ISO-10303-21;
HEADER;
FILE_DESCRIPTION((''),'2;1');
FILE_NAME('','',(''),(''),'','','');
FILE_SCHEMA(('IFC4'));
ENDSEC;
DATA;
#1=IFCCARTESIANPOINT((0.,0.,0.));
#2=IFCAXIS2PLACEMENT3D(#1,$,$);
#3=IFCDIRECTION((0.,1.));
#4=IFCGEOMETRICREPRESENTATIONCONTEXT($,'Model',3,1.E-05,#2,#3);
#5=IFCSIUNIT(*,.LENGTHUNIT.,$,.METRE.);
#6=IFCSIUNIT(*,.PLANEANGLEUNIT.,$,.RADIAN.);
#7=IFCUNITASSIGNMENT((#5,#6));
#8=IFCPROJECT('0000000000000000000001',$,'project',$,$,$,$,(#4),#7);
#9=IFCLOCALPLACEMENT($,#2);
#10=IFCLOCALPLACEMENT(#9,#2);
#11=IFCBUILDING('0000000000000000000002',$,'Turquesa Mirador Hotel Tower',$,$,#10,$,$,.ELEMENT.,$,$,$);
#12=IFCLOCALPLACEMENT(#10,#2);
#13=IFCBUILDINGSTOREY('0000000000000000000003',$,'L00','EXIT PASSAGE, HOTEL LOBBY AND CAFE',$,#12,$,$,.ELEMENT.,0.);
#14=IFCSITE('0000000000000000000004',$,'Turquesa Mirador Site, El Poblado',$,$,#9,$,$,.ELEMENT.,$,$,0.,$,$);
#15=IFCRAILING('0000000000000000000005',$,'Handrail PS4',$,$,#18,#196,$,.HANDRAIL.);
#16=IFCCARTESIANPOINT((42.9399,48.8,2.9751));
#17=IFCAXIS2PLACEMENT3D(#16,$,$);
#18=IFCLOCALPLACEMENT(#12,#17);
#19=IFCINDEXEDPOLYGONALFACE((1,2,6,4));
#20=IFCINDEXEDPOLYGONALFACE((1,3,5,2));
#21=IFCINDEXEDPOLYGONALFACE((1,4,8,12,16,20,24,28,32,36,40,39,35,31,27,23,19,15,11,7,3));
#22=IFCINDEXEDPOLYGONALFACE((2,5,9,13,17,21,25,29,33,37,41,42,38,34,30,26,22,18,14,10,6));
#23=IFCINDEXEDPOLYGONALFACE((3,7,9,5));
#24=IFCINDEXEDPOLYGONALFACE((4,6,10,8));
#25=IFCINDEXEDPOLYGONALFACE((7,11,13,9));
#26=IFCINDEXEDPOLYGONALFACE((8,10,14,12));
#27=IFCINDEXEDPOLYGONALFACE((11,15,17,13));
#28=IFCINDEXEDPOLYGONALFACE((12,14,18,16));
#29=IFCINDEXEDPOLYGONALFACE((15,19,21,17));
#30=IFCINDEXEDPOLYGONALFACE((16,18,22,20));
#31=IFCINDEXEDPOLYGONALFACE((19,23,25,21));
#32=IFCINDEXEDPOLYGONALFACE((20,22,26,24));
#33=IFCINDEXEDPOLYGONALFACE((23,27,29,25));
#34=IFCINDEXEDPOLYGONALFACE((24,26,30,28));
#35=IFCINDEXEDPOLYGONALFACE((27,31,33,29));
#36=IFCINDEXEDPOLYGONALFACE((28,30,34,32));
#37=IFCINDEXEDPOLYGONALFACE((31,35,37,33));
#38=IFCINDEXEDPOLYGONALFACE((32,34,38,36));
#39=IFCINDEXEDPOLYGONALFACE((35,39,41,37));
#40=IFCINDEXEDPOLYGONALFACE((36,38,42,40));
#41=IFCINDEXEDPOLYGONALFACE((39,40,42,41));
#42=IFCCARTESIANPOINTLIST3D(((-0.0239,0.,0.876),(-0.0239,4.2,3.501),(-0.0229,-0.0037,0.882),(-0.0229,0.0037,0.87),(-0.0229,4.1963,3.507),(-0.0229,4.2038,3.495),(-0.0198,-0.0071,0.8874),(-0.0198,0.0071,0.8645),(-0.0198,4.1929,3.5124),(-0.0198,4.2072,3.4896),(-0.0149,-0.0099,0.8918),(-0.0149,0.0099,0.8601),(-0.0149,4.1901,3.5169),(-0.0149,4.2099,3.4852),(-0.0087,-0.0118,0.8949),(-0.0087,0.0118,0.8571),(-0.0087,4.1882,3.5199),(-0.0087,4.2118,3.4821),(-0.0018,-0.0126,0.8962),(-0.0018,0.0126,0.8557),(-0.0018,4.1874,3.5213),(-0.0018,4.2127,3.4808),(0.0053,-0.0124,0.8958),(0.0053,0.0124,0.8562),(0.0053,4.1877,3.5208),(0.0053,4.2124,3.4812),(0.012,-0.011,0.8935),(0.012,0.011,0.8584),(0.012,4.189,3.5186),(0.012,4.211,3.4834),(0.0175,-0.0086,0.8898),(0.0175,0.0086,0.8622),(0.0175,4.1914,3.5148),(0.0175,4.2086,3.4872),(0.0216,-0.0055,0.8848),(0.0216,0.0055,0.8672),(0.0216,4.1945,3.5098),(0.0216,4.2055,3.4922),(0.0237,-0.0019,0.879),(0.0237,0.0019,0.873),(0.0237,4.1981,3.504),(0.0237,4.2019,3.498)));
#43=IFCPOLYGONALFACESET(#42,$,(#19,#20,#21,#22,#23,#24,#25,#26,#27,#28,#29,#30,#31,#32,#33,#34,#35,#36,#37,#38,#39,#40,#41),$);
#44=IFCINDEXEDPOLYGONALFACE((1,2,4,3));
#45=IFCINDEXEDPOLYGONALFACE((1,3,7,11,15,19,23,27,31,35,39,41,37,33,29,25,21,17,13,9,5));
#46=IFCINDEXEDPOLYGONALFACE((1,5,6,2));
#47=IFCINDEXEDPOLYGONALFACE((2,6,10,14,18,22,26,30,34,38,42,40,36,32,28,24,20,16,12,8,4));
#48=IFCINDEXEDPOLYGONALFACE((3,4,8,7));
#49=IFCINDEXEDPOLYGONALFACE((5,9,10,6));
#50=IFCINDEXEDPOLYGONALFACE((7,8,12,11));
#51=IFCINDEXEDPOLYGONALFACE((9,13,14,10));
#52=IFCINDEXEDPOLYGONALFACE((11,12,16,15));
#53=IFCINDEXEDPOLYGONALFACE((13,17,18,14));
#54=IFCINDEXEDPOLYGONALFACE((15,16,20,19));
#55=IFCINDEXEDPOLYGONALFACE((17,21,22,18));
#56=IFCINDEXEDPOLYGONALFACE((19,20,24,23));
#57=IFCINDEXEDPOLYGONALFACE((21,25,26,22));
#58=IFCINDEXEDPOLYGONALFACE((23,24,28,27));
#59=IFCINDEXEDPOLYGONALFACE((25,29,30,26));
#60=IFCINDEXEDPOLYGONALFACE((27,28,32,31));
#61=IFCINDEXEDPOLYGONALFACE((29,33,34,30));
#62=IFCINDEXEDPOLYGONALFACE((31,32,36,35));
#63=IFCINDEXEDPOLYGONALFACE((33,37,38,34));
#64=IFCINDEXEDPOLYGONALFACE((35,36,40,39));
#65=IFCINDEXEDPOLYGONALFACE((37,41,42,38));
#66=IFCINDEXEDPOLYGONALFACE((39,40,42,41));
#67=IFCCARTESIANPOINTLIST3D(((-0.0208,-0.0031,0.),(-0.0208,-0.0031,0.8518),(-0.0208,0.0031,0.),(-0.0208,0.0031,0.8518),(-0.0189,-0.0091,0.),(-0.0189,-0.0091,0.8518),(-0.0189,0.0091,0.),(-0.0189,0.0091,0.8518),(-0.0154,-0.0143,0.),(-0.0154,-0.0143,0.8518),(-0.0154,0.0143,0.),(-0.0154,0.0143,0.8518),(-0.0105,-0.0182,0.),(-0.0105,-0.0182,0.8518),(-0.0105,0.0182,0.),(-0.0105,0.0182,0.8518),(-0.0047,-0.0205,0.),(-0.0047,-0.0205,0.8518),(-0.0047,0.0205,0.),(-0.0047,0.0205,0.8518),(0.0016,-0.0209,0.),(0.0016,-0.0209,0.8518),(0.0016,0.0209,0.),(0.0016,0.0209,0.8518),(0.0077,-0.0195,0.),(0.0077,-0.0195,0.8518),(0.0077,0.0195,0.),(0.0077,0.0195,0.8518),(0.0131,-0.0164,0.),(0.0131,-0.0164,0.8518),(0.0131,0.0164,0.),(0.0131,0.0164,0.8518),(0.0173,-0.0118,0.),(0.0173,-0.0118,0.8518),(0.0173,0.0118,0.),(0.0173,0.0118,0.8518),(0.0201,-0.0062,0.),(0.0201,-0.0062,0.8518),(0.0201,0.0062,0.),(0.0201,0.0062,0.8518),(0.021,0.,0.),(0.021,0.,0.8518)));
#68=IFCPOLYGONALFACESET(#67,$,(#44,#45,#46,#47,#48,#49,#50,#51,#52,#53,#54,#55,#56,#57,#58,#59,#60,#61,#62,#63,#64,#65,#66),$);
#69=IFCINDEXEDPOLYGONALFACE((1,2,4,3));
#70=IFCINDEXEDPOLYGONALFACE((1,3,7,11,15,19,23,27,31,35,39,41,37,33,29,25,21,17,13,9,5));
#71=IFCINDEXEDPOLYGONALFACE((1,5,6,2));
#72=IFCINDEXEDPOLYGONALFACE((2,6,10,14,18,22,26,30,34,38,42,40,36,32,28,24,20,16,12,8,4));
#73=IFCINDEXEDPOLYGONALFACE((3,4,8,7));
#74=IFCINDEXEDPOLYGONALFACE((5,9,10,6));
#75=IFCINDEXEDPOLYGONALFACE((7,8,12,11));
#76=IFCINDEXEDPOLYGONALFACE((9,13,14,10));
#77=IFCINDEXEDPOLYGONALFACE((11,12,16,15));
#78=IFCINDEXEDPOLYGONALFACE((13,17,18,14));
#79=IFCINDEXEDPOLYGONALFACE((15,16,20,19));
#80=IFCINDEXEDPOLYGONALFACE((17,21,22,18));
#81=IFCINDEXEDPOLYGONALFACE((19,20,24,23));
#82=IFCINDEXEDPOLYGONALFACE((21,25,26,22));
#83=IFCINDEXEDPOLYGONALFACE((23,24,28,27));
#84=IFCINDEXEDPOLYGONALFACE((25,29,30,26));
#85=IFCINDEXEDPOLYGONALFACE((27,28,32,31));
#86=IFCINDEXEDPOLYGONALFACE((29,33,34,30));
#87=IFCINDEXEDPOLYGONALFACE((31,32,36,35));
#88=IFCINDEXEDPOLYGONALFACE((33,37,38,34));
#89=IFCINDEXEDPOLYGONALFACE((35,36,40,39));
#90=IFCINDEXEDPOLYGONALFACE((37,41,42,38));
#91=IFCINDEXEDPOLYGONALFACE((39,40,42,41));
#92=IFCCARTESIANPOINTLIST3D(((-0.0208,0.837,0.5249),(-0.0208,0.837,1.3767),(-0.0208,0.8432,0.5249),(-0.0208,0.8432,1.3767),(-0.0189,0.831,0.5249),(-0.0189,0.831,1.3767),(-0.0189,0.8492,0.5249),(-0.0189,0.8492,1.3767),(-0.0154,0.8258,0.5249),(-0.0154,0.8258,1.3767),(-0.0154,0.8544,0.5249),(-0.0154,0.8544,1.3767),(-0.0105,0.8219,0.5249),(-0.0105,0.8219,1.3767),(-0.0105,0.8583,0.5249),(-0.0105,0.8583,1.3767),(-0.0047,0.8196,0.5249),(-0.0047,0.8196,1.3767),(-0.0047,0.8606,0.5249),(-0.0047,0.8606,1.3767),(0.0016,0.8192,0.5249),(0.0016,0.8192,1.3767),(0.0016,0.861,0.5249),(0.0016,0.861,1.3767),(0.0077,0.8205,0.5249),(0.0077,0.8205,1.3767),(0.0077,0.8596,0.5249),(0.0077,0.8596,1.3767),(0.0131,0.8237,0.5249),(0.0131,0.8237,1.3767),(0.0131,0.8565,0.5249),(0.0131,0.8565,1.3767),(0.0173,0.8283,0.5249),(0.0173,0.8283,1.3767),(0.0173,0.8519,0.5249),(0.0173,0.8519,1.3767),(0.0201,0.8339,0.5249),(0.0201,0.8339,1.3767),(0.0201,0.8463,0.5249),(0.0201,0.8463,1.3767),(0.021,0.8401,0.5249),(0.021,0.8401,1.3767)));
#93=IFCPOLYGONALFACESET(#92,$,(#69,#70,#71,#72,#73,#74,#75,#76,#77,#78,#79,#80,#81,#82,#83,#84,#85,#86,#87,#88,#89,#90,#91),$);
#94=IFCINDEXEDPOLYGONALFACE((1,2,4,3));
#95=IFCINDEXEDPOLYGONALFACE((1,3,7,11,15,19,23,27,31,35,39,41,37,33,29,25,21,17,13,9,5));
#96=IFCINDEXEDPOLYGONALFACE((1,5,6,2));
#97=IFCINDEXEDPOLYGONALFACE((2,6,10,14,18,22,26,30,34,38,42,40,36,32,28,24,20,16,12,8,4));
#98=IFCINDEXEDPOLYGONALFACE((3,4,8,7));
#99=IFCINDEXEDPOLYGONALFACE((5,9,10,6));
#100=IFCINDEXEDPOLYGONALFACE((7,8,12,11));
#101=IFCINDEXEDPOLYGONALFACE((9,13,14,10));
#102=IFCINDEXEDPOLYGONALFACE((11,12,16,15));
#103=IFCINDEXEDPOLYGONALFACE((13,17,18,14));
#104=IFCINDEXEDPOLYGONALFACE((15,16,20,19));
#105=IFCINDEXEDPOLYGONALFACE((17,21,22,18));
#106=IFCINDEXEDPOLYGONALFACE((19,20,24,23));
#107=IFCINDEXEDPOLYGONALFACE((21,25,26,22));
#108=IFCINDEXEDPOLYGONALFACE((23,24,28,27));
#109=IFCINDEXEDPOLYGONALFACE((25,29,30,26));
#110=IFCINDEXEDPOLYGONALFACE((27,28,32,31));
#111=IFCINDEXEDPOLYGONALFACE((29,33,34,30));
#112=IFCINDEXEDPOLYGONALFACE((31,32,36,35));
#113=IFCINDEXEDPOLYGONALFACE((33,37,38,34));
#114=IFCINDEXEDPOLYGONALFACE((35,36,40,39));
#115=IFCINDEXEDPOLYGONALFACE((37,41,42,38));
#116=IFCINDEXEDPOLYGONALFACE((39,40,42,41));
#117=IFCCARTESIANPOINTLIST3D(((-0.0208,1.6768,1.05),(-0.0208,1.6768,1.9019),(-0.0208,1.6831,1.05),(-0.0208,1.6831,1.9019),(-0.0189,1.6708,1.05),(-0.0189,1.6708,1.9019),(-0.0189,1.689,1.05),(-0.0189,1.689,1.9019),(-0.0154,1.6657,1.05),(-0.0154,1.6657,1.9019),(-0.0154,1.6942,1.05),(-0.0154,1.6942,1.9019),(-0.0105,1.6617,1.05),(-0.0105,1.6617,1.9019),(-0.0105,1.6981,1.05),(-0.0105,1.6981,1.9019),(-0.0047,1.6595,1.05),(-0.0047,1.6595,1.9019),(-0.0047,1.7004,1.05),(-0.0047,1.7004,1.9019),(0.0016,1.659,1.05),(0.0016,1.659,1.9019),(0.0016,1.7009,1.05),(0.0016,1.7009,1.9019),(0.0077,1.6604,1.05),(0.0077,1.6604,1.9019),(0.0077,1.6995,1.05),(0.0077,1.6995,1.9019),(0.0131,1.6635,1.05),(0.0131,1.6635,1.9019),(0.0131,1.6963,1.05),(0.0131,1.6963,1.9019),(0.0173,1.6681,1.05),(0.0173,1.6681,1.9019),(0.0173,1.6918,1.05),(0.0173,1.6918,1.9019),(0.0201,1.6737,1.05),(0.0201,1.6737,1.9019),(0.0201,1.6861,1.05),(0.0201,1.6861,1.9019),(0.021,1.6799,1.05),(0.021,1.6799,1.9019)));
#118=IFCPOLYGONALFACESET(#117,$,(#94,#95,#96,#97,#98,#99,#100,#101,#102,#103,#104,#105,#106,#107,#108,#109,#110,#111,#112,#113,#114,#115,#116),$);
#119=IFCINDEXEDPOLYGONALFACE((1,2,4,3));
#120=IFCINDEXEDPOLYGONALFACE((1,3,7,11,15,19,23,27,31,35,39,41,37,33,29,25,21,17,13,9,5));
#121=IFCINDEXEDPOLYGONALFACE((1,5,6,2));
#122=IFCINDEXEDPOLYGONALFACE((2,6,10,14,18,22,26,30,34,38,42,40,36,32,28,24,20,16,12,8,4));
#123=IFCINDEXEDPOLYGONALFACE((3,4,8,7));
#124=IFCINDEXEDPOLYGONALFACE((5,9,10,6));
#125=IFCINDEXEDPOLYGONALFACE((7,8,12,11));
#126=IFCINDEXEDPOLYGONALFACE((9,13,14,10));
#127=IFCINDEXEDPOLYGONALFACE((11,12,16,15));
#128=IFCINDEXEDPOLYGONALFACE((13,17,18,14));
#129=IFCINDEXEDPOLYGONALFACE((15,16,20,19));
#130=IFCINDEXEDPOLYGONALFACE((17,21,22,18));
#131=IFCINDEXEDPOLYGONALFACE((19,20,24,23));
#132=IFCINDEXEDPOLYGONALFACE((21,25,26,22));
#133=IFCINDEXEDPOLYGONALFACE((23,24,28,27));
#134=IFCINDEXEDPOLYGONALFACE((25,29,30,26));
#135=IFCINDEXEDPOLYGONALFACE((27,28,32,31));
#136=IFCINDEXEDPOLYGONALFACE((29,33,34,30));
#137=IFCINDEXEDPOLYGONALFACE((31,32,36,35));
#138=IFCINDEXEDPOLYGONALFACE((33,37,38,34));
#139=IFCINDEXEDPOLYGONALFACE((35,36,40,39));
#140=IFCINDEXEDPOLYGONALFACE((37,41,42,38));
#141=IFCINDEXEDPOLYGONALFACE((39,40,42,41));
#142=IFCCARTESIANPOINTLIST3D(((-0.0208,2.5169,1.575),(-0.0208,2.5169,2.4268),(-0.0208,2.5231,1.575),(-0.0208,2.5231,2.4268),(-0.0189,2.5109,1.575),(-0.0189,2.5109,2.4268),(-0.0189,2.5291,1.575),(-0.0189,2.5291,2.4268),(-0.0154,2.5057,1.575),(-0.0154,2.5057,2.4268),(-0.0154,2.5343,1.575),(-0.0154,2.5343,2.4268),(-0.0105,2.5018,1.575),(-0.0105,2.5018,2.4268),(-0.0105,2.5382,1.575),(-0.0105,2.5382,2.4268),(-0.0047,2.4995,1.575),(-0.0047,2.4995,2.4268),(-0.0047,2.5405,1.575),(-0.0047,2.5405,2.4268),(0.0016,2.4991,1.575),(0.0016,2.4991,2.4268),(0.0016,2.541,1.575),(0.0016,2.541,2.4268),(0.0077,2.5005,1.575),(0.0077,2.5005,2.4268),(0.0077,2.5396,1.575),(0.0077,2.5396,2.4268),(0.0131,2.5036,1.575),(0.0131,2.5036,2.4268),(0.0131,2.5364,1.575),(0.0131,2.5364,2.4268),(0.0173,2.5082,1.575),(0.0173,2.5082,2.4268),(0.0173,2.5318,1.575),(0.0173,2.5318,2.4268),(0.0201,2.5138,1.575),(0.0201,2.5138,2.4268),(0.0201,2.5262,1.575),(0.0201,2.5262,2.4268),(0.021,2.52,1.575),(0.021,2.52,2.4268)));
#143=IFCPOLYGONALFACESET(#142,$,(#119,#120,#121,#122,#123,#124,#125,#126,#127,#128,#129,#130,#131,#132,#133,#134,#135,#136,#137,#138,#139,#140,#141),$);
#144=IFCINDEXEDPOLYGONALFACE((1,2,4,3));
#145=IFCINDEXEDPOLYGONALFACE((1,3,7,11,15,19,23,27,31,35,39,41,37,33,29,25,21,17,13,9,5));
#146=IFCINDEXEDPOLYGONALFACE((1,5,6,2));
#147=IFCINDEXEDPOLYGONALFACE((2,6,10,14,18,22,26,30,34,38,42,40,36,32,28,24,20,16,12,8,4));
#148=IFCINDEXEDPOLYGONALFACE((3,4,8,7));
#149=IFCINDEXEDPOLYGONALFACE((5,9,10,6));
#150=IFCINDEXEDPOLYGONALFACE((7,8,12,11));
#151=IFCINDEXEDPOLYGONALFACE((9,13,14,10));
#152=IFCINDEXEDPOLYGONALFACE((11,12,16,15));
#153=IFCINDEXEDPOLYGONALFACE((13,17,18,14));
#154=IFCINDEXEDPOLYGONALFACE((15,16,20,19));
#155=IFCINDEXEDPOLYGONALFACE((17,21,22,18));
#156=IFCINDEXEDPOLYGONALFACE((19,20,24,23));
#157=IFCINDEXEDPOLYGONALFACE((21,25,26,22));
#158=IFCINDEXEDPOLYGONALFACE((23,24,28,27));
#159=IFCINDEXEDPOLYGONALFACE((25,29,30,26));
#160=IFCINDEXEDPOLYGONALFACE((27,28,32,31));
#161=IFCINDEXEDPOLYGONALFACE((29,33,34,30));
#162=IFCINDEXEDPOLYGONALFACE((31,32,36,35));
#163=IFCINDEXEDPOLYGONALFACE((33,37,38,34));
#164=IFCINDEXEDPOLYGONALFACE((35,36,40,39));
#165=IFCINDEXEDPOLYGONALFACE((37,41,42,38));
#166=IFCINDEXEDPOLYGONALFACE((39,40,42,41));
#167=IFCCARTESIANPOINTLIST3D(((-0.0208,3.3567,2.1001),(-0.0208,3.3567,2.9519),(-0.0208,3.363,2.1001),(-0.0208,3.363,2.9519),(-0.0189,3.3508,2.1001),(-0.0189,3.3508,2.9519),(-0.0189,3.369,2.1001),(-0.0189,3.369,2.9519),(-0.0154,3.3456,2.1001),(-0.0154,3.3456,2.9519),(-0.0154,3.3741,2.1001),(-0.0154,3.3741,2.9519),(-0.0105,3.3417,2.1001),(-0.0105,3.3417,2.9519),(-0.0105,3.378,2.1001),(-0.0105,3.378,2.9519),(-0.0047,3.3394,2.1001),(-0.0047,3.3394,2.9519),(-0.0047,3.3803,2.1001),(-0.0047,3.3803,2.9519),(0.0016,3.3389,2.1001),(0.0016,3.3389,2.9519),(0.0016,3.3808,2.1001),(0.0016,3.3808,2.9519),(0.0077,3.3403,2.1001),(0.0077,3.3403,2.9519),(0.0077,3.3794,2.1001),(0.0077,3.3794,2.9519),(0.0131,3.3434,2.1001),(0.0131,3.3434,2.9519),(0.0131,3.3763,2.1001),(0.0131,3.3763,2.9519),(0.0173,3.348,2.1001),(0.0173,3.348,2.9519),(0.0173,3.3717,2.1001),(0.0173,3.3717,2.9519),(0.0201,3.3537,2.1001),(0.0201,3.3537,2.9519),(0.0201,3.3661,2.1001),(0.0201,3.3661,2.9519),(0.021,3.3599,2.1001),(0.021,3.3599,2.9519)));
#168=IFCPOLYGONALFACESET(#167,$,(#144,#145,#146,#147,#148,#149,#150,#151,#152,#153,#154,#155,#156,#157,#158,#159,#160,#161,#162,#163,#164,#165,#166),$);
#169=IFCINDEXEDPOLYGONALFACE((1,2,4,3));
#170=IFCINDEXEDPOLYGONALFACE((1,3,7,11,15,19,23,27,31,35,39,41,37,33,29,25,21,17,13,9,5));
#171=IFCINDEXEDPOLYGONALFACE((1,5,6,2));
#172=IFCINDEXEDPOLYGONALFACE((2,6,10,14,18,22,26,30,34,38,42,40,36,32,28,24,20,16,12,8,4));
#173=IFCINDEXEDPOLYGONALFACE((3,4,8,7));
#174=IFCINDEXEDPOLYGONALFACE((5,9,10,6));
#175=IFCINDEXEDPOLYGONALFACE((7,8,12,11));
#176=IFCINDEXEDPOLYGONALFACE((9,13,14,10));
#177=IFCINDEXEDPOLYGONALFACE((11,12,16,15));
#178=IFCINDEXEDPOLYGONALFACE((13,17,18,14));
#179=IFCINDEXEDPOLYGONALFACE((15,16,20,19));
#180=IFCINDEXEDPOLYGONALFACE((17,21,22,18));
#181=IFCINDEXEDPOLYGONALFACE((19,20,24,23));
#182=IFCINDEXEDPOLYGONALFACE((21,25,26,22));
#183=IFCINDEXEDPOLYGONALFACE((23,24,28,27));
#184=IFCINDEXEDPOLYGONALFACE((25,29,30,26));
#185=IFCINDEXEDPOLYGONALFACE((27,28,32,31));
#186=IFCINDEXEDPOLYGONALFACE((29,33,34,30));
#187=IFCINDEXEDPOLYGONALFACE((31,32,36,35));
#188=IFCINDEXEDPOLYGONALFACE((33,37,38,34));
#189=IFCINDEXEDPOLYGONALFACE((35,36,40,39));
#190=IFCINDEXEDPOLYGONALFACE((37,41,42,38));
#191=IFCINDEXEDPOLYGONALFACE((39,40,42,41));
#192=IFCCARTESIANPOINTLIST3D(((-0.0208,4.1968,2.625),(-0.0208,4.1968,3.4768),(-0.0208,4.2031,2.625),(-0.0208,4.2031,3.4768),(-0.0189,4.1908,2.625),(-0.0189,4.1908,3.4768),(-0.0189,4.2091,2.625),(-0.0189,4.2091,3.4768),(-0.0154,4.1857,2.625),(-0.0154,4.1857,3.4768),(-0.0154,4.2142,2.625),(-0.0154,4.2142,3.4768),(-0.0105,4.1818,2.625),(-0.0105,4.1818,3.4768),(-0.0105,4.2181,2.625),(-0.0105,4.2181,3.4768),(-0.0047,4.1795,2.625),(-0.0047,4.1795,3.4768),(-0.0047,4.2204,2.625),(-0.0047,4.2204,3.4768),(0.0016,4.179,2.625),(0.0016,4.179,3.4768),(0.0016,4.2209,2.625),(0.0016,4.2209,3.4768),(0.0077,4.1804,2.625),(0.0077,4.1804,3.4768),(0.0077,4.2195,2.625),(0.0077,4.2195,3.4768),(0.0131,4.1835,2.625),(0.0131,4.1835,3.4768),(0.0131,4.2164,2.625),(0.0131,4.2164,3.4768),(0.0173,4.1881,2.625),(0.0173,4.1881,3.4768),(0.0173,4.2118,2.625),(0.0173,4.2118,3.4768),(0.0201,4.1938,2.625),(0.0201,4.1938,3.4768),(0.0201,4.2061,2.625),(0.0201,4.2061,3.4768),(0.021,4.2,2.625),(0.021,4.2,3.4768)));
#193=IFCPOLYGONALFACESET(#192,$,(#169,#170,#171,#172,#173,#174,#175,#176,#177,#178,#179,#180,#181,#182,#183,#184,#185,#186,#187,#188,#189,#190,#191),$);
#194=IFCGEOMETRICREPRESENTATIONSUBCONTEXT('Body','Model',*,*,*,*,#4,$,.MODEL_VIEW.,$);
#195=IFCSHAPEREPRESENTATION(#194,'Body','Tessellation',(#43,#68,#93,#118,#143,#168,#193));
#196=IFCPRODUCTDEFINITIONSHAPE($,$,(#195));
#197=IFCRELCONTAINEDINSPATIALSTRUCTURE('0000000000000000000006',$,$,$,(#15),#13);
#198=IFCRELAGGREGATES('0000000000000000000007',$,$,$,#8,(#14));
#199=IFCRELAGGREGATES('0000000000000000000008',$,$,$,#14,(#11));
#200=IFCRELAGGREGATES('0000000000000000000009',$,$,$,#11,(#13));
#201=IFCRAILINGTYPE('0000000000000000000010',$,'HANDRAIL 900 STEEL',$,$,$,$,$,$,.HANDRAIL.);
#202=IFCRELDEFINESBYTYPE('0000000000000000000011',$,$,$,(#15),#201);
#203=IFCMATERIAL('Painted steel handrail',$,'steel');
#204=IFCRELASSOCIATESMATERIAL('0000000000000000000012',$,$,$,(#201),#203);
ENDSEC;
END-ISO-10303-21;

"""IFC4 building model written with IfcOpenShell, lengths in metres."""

from ifc_helpers import new_model, si_unit, direction, frame, origin, origin_2d, place, context, subcontext, project, spatial, circle, extrude, material, type_object, element, save


model = new_model("IFC4")

# Units and contexts
model_context = context("Model", 3, precision=1e-05, world=origin(), true_north=direction((0.0, 1.0)))
body_context = subcontext(model_context, "Body", "Model", "MODEL_VIEW")
ifc_project = project(units=[si_unit("LENGTHUNIT", "METRE"), si_unit("PLANEANGLEUNIT", "RADIAN")], contexts=[model_context])

# Site, building, storey
site_placement = place(None, origin())
site = spatial("IfcSite", under=ifc_project, at=site_placement, Name="Turquesa Mirador Site, El Poblado", CompositionType="ELEMENT", RefElevation=0.0)
building_placement = place(site_placement, origin())
building = spatial("IfcBuilding", under=site, at=building_placement, Name="Turquesa Mirador Hotel Tower", CompositionType="ELEMENT")
storey_placement = place(building_placement, origin())
storey = spatial("IfcBuildingStorey", under=building, at=storey_placement, Name="L00", Description="EXIT PASSAGE, HOTEL LOBBY AND CAFE", CompositionType="ELEMENT", Elevation=0.0)

# Railing
ifc_material_1 = material(Name="Painted steel handrail", Category="steel")
railing_type = type_object("IfcRailingType", Name="HANDRAIL 900 STEEL", PredefinedType="HANDRAIL", material=ifc_material_1)
railing_1_placement = place(storey_placement, frame((42.9399, 48.8, 2.9751)))
element("IfcRailing", 1, at=railing_1_placement, inside=storey, type_object=railing_type, Name="Handrail PS4", PredefinedType="HANDRAIL", context=body_context, shape_type="SweptSolid", body=[
    extrude(circle(Radius=0.0239, at=origin_2d()), frame((0.0, 0.0, 0.876), z_axis=(0.0, 0.847996, 0.530003), x_axis=(-1.0, 0.0, 0.0)), (0.0, 0.0, 1.0), 4.9529),
    extrude(circle(Radius=0.021, at=origin_2d()), origin(), (0.0, 0.0, 1.0), 0.8518),
    extrude(circle(Radius=0.021, at=origin_2d()), frame((0.0, 0.8401, 0.5249)), (0.0, 0.0, 1.0), 0.8518),
    extrude(circle(Radius=0.021, at=origin_2d()), frame((0.0, 1.6799, 1.05)), (0.0, 0.0, 1.0), 0.8518),
    extrude(circle(Radius=0.021, at=origin_2d()), frame((0.0, 2.52, 1.575)), (0.0, 0.0, 1.0), 0.8518),
    extrude(circle(Radius=0.021, at=origin_2d()), frame((0.0, 3.3599, 2.1001)), (0.0, 0.0, 1.0), 0.8518),
    extrude(circle(Radius=0.021, at=origin_2d()), frame((0.0, 4.2, 2.625)), (0.0, 0.0, 1.0), 0.8518),
])

save(model, "model.ifc")
